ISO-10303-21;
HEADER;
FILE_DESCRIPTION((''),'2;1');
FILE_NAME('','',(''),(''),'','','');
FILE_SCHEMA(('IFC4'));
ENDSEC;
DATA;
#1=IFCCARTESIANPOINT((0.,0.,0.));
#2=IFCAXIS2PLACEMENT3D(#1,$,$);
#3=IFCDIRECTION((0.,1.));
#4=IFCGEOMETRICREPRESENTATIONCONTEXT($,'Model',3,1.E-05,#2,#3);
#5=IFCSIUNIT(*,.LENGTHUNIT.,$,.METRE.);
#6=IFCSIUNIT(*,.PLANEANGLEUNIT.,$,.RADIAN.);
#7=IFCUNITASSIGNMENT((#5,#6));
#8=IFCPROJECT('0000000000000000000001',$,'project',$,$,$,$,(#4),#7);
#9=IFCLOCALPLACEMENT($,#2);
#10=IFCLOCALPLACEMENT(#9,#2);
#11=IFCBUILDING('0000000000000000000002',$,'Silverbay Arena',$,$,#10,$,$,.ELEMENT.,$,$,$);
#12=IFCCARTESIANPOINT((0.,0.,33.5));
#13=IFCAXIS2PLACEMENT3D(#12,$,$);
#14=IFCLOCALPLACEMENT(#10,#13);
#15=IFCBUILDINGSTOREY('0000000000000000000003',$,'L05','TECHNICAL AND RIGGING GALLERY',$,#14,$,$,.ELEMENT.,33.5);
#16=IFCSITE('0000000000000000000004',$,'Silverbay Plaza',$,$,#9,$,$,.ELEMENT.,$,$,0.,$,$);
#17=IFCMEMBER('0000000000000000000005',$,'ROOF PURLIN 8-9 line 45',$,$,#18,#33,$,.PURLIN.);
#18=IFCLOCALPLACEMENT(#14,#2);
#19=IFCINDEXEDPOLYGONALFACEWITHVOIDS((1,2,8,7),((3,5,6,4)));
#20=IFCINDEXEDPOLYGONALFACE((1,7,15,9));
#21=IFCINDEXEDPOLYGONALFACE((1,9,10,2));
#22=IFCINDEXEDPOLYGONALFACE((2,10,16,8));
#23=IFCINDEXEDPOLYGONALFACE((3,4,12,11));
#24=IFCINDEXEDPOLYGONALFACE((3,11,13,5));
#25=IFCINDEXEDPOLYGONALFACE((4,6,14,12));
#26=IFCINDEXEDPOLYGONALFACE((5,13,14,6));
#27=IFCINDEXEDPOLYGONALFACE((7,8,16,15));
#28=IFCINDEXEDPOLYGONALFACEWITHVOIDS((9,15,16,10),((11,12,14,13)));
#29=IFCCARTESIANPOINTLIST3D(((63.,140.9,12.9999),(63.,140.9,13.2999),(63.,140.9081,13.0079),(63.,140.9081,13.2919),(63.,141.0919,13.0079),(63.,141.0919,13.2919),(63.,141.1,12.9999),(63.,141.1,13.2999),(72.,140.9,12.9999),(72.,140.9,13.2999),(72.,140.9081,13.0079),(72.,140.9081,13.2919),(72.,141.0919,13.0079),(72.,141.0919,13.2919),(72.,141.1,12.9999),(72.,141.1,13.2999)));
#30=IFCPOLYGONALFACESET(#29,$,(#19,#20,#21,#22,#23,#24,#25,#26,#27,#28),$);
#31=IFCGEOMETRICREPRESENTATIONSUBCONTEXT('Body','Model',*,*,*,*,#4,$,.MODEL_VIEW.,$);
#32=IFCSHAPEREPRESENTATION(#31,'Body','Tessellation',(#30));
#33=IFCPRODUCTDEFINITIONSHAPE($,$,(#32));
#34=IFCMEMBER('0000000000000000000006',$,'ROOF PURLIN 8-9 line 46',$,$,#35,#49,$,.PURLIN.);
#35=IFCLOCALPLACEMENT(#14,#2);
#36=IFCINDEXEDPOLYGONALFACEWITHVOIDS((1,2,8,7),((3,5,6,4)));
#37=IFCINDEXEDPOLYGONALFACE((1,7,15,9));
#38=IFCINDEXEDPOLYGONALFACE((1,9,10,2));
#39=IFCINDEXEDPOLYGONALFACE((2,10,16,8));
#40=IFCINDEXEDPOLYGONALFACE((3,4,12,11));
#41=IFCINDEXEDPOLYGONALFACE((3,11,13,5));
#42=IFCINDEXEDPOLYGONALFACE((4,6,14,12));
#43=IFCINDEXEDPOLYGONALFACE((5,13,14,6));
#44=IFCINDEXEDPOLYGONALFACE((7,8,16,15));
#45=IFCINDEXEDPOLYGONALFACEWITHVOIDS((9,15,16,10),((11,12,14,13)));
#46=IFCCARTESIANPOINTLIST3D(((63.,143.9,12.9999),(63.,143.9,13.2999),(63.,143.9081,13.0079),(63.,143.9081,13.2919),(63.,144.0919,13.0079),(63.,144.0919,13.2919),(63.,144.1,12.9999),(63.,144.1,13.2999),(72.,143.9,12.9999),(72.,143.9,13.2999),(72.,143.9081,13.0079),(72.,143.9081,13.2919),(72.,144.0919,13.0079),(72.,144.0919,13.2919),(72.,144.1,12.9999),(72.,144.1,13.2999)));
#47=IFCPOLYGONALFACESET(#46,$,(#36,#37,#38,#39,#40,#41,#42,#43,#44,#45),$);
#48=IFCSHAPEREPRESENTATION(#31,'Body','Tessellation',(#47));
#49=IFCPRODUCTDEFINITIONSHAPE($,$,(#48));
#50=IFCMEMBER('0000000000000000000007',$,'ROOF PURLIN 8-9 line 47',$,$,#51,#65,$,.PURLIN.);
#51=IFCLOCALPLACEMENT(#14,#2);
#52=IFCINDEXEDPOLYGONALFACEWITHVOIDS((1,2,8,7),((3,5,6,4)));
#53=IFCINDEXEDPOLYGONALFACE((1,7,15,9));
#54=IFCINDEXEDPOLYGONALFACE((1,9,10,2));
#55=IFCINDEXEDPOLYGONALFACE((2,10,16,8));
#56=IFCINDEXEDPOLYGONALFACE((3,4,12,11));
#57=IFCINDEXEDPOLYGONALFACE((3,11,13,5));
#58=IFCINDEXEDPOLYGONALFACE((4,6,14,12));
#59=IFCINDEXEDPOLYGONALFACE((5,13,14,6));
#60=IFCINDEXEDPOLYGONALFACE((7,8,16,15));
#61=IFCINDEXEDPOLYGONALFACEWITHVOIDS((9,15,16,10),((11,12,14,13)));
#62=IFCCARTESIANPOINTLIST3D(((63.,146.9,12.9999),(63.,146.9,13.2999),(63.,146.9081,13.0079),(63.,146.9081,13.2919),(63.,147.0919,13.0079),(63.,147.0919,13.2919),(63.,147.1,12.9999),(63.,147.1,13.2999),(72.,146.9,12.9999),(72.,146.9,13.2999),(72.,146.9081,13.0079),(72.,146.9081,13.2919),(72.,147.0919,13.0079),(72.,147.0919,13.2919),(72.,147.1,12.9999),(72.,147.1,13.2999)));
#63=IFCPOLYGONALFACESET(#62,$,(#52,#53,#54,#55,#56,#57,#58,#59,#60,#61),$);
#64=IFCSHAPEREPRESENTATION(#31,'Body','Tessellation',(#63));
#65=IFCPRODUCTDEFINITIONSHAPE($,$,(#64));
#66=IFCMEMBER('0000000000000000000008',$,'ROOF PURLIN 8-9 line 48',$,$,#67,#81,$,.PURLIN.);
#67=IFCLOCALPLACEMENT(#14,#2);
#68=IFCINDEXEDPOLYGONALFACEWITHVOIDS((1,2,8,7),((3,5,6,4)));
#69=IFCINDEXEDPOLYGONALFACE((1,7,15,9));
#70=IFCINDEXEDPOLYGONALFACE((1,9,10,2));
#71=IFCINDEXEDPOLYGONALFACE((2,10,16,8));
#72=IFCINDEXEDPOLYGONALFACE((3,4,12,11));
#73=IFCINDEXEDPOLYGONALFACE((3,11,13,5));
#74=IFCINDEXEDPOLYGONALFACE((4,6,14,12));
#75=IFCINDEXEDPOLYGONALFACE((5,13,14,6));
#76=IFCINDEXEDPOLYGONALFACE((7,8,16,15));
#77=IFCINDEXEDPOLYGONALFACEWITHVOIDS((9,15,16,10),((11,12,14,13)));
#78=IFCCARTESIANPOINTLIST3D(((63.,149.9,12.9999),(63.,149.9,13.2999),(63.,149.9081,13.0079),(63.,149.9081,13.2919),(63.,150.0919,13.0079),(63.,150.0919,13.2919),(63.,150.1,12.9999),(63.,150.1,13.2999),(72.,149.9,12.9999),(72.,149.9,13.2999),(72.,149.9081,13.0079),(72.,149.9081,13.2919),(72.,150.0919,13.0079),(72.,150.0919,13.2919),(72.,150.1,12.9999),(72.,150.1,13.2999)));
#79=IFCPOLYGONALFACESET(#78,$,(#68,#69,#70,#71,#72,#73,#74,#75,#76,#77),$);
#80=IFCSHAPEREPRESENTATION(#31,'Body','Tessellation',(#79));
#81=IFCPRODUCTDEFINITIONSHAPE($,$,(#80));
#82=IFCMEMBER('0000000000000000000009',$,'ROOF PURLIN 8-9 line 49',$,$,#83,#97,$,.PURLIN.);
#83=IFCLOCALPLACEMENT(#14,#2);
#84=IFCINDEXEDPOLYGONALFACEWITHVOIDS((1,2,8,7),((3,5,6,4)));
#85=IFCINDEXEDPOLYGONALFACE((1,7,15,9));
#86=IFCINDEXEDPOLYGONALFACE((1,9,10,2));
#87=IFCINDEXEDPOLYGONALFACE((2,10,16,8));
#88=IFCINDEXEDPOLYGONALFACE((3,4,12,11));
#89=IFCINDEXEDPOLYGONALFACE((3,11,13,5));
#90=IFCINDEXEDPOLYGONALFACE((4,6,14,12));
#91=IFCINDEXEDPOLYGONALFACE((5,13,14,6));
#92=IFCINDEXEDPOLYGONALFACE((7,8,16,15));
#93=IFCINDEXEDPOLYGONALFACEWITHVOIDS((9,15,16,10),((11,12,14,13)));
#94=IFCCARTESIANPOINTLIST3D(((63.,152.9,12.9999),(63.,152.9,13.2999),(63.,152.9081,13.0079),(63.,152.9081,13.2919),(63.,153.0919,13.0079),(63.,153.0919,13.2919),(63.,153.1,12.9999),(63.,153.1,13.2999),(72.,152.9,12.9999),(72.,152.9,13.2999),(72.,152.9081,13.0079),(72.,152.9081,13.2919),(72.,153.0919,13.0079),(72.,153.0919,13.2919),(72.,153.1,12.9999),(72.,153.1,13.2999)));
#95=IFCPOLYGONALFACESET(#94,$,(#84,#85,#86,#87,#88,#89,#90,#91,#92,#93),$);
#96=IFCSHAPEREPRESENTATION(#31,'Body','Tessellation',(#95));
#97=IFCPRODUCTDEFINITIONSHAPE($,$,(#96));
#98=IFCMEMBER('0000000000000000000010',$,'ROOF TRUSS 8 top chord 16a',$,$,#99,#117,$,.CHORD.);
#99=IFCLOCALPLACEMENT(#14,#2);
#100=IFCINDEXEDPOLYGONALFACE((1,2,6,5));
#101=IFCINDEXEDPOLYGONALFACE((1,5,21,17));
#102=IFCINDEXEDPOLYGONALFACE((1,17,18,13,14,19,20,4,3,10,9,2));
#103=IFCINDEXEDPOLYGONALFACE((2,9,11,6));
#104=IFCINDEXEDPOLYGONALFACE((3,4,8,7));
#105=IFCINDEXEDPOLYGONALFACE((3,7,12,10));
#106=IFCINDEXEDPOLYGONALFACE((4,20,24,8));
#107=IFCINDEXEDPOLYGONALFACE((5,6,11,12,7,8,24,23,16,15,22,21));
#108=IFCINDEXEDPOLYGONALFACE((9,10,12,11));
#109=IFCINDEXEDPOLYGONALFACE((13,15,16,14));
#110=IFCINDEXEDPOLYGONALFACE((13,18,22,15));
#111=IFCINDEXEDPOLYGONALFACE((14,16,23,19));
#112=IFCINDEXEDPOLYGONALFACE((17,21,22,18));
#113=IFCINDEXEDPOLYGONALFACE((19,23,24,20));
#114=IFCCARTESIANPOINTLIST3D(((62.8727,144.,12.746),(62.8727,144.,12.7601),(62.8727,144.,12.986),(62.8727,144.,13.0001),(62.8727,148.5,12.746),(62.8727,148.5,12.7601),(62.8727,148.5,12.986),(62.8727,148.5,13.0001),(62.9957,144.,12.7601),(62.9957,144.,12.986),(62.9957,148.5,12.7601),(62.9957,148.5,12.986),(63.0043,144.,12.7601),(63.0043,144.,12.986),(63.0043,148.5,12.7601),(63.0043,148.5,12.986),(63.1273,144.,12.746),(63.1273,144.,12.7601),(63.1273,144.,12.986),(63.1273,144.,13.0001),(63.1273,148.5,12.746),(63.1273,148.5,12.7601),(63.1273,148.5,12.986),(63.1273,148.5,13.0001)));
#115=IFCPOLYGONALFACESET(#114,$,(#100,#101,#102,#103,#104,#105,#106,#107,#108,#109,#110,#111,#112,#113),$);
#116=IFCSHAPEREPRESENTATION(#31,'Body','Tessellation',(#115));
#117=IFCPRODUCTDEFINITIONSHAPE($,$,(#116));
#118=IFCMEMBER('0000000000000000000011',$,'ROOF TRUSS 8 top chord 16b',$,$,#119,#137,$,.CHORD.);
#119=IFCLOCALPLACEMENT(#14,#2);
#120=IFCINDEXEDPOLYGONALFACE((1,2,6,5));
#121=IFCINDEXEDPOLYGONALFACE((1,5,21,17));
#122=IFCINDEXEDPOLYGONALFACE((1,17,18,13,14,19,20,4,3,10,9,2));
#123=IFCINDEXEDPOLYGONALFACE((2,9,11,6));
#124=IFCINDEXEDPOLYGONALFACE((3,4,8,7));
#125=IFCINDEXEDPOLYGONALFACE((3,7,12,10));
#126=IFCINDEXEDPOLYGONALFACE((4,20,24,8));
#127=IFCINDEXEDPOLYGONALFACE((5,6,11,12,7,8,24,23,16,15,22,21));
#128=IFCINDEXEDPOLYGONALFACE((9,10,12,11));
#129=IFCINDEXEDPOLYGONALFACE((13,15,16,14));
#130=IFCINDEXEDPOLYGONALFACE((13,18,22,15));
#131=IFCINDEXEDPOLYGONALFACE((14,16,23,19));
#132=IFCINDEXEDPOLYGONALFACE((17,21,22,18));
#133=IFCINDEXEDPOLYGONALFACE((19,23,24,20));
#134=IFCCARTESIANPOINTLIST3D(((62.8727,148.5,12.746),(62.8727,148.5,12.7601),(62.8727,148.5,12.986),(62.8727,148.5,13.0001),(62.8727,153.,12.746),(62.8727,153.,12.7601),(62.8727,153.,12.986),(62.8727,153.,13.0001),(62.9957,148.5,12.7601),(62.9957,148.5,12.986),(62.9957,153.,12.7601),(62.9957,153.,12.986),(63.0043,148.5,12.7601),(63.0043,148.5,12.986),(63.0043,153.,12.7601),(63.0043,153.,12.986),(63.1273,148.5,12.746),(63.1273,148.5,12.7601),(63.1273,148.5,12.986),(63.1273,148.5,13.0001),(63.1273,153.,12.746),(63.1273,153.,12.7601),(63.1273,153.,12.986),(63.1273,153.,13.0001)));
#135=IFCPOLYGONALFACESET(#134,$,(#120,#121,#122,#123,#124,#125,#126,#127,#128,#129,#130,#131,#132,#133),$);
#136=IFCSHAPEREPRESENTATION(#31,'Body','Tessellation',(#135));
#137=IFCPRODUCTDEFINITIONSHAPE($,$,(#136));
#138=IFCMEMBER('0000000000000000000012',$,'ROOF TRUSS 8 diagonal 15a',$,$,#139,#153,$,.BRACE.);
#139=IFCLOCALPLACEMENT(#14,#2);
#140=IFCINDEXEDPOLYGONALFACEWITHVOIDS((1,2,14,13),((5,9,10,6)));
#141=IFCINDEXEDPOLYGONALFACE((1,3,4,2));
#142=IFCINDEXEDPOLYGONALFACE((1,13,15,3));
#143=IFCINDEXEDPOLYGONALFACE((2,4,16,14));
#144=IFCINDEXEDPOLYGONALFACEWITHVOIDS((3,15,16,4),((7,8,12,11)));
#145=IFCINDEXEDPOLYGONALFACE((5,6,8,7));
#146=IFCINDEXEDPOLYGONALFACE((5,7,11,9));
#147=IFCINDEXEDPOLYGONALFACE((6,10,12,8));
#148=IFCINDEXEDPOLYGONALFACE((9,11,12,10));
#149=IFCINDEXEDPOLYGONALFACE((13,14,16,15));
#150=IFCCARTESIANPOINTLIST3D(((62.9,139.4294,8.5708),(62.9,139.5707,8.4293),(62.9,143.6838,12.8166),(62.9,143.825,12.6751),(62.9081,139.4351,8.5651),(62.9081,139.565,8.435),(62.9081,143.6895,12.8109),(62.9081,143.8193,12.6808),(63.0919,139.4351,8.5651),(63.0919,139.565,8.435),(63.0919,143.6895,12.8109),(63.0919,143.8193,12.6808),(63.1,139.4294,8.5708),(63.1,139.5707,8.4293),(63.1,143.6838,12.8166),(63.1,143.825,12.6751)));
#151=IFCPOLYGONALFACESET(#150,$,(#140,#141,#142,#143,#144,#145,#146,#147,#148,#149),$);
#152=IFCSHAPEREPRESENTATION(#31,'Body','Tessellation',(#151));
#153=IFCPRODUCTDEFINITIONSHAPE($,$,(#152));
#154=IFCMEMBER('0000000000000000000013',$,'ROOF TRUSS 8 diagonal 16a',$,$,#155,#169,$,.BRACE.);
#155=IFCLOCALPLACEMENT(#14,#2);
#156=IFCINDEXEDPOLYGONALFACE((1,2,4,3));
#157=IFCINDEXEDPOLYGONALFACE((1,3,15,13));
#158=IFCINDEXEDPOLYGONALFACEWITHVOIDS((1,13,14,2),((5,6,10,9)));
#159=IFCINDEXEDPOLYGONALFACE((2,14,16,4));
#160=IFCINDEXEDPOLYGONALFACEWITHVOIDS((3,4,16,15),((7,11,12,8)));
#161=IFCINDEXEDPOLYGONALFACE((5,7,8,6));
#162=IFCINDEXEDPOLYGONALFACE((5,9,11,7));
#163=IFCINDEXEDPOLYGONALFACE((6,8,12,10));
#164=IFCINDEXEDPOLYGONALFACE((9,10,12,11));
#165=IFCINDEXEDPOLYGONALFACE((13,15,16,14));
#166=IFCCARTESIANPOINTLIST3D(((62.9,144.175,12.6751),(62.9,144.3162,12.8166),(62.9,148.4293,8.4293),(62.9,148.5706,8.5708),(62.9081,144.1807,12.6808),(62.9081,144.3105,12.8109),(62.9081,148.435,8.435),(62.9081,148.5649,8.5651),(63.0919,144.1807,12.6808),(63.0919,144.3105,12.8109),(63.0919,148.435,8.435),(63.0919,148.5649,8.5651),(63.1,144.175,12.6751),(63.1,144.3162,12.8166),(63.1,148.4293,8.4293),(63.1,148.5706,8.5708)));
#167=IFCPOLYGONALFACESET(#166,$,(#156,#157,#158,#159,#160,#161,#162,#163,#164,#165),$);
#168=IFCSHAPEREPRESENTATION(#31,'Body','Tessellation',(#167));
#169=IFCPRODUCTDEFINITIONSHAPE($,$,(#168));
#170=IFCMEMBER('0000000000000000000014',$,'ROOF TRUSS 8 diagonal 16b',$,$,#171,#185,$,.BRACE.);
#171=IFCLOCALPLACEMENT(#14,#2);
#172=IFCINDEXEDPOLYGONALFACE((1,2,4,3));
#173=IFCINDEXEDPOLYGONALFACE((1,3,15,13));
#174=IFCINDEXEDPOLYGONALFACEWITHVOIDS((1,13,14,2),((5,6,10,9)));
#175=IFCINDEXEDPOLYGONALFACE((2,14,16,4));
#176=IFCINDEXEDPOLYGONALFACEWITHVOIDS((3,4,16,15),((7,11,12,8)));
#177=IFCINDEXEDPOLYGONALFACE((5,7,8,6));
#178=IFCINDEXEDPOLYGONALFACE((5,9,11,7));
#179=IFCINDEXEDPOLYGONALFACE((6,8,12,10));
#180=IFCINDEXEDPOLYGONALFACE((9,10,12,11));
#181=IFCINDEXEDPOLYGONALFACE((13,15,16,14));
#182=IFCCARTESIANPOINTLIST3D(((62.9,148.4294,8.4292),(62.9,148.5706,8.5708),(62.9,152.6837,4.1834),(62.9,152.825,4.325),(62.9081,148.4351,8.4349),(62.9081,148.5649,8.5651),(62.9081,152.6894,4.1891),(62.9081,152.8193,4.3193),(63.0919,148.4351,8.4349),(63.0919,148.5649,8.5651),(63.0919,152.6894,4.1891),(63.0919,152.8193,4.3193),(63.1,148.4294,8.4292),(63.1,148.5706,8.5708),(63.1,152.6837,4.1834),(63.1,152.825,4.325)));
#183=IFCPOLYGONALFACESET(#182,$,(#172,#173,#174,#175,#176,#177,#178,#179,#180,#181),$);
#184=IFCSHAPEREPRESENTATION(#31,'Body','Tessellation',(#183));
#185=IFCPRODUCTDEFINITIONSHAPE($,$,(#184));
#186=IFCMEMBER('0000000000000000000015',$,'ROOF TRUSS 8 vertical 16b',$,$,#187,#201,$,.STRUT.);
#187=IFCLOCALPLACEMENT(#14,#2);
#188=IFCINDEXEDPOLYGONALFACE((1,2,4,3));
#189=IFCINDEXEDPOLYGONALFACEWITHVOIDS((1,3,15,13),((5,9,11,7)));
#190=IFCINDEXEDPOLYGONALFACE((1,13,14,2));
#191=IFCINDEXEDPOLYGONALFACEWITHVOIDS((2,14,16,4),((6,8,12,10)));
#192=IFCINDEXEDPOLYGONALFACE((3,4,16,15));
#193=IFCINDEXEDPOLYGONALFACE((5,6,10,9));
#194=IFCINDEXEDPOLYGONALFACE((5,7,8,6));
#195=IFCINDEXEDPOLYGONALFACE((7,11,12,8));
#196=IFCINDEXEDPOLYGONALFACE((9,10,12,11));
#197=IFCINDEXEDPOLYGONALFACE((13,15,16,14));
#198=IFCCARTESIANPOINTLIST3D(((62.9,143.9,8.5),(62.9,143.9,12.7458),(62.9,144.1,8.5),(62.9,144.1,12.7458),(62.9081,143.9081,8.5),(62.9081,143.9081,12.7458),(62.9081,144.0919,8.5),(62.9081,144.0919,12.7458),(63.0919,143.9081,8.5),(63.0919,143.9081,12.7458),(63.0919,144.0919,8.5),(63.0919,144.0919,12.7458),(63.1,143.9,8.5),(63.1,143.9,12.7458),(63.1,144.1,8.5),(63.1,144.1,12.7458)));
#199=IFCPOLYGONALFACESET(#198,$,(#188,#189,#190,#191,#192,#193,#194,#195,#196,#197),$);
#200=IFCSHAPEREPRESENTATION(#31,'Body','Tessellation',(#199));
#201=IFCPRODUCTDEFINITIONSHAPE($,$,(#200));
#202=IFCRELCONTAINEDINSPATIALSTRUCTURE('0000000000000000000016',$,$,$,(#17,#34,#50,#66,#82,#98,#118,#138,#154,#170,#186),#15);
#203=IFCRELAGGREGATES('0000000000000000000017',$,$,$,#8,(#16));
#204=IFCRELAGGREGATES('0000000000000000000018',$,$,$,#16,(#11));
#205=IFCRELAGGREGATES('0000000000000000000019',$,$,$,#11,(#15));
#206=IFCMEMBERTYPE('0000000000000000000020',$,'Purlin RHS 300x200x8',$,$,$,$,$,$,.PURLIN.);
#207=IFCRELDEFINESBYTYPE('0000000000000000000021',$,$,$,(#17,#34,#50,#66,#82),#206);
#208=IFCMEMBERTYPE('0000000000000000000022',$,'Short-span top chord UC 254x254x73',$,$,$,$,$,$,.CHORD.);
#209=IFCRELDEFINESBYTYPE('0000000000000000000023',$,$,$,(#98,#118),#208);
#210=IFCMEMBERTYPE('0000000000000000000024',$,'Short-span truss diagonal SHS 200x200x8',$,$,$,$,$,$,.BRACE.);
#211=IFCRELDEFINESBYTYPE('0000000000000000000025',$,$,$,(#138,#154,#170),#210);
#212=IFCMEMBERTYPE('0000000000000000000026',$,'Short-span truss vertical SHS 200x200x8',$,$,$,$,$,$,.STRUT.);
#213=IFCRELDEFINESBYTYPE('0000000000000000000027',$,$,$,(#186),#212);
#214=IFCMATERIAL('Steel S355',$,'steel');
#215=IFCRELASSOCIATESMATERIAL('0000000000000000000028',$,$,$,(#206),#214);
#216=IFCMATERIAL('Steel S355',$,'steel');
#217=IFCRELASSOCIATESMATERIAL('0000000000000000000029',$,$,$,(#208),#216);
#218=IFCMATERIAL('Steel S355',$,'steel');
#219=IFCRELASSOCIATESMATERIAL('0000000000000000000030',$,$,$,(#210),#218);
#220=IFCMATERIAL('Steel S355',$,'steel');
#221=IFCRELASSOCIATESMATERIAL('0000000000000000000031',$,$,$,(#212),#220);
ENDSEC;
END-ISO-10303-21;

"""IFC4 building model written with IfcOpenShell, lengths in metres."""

from ifc_helpers import new_model, si_unit, direction, frame, origin, origin_2d, place, context, subcontext, project, spatial, hollow_rectangle, i_section, extrude, material, material_profile, profile_set, type_object, element, save


model = new_model("IFC4")

# Units and contexts
model_context = context("Model", 3, precision=1e-05, world=origin(), true_north=direction((0.0, 1.0)))
body_context = subcontext(model_context, "Body", "Model", "MODEL_VIEW")
ifc_project = project(units=[si_unit("LENGTHUNIT", "METRE"), si_unit("PLANEANGLEUNIT", "RADIAN")], contexts=[model_context])

# Site, building, storey
site_placement = place(None, origin())
site = spatial("IfcSite", under=ifc_project, at=site_placement, Name="Silverbay Plaza", CompositionType="ELEMENT", RefElevation=0.0)
building_placement = place(site_placement, origin())
building = spatial("IfcBuilding", under=site, at=building_placement, Name="Silverbay Arena", CompositionType="ELEMENT")
storey_placement = place(building_placement, frame((0.0, 0.0, 33.5)))
storey = spatial("IfcBuildingStorey", under=building, at=storey_placement, Name="L05", Description="TECHNICAL AND RIGGING GALLERY", CompositionType="ELEMENT", Elevation=33.5)

# Members
ifc_material_1 = material(Name="Steel S355", Category="steel")
ifc_material_profile_1 = material_profile(ifc_material_1, hollow_rectangle(XDim=0.2, YDim=0.3, WallThickness=0.0081, at=origin_2d()), Name="RHS 300x200x8")
ifc_profile_set_1 = profile_set([ifc_material_profile_1], Name="Steel S355")
member_type_1 = type_object("IfcMemberType", Name="Purlin RHS 300x200x8", PredefinedType="PURLIN", material=ifc_profile_set_1)
for number, where, z_axis, x_axis, name in (
    (1, (63.0, 141.0, 13.1499), (1.0, 0.0, 0.0), (0.0, 1.0, 0.0), "ROOF PURLIN 8-9 line 45"),
    (2, (63.0, 144.0, 13.1499), (1.0, 0.0, 0.0), (0.0, 1.0, 0.0), "ROOF PURLIN 8-9 line 46"),
    (3, (63.0, 147.0, 13.1499), (1.0, 0.0, 0.0), (0.0, 1.0, 0.0), "ROOF PURLIN 8-9 line 47"),
    (4, (63.0, 150.0, 13.1499), (1.0, 0.0, 0.0), (0.0, 1.0, 0.0), "ROOF PURLIN 8-9 line 48"),
    (5, (63.0, 153.0, 13.1499), (1.0, 0.0, 0.0), (0.0, 1.0, 0.0), "ROOF PURLIN 8-9 line 49"),
):
    element("IfcMember", number, at=place(storey_placement, frame(where, z_axis=z_axis, x_axis=x_axis)), inside=storey, type_object=member_type_1, Name=name, PredefinedType="PURLIN", context=body_context, shape_type="SweptSolid", body=[
        extrude(hollow_rectangle(XDim=0.2, YDim=0.3, WallThickness=0.0081, at=origin_2d()), origin(), (0.0, 0.0, 1.0), 9.0),
    ])
ifc_material_2 = material(Name="Steel S355", Category="steel")
ifc_material_profile_2 = material_profile(ifc_material_2, i_section(OverallWidth=0.2546, OverallDepth=0.2542, WebThickness=0.0085, FlangeThickness=0.0142, at=origin_2d()), Name="UC 254x254x73")
ifc_profile_set_2 = profile_set([ifc_material_profile_2], Name="Steel S355")
member_type_2 = type_object("IfcMemberType", Name="Short-span top chord UC 254x254x73", PredefinedType="CHORD", material=ifc_profile_set_2)
for number, where, z_axis, x_axis, name in (
    (6, (63.0, 144.0, 12.873), (0.0, 1.0, 0.0), (-1.0, 0.0, 0.0), "ROOF TRUSS 8 top chord 16a"),
    (7, (63.0, 148.5, 12.873), (0.0, 1.0, 0.0), (-1.0, 0.0, 0.0), "ROOF TRUSS 8 top chord 16b"),
):
    element("IfcMember", number, at=place(storey_placement, frame(where, z_axis=z_axis, x_axis=x_axis)), inside=storey, type_object=member_type_2, Name=name, PredefinedType="CHORD", context=body_context, shape_type="SweptSolid", body=[
        extrude(i_section(OverallWidth=0.2546, OverallDepth=0.2542, WebThickness=0.0085, FlangeThickness=0.0142, at=origin_2d()), origin(), (0.0, 0.0, 1.0), 4.5),
    ])
ifc_material_3 = material(Name="Steel S355", Category="steel")
ifc_material_profile_3 = material_profile(ifc_material_3, hollow_rectangle(XDim=0.2, YDim=0.2, WallThickness=0.0081, at=origin_2d()), Name="SHS 200x200x8")
ifc_profile_set_3 = profile_set([ifc_material_profile_3], Name="Steel S355")
member_type_3 = type_object("IfcMemberType", Name="Short-span truss diagonal SHS 200x200x8", PredefinedType="BRACE", material=ifc_profile_set_3)
for number, where, z_axis, x_axis, name in (
    (8, (63.0, 143.7544, 12.7458), (0.0, -0.707817, -0.706396), (1.0, 0.0, 0.0), "ROOF TRUSS 8 diagonal 15a"),
    (9, (63.0, 144.2456, 12.7458), (0.0, 0.707817, -0.706396), (-1.0, 0.0, 0.0), "ROOF TRUSS 8 diagonal 16a"),
    (10, (63.0, 148.5, 8.5), (0.0, 0.707817, -0.706396), (-1.0, 0.0, 0.0), "ROOF TRUSS 8 diagonal 16b"),
):
    element("IfcMember", number, at=place(storey_placement, frame(where, z_axis=z_axis, x_axis=x_axis)), inside=storey, type_object=member_type_3, Name=name, PredefinedType="BRACE", context=body_context, shape_type="SweptSolid", body=[
        extrude(hollow_rectangle(XDim=0.2, YDim=0.2, WallThickness=0.0081, at=origin_2d()), origin(), (0.0, 0.0, 1.0), 6.0105),
    ])
ifc_material_4 = material(Name="Steel S355", Category="steel")
ifc_material_profile_4 = material_profile(ifc_material_4, hollow_rectangle(XDim=0.2, YDim=0.2, WallThickness=0.0081, at=origin_2d()), Name="SHS 200x200x8")
ifc_profile_set_4 = profile_set([ifc_material_profile_4], Name="Steel S355")
member_type_4 = type_object("IfcMemberType", Name="Short-span truss vertical SHS 200x200x8", PredefinedType="STRUT", material=ifc_profile_set_4)
for number, where, z_axis, x_axis, name in (
    (11, (63.0, 144.0, 8.5), (0.0, 0.0, 1.0), (1.0, 0.0, 0.0), "ROOF TRUSS 8 vertical 16b"),
):
    element("IfcMember", number, at=place(storey_placement, frame(where, z_axis=z_axis, x_axis=x_axis)), inside=storey, type_object=member_type_4, Name=name, PredefinedType="STRUT", context=body_context, shape_type="SweptSolid", body=[
        extrude(hollow_rectangle(XDim=0.2, YDim=0.2, WallThickness=0.0081, at=origin_2d()), origin(), (0.0, 0.0, 1.0), 4.2458),
    ])

save(model, "model.ifc")
